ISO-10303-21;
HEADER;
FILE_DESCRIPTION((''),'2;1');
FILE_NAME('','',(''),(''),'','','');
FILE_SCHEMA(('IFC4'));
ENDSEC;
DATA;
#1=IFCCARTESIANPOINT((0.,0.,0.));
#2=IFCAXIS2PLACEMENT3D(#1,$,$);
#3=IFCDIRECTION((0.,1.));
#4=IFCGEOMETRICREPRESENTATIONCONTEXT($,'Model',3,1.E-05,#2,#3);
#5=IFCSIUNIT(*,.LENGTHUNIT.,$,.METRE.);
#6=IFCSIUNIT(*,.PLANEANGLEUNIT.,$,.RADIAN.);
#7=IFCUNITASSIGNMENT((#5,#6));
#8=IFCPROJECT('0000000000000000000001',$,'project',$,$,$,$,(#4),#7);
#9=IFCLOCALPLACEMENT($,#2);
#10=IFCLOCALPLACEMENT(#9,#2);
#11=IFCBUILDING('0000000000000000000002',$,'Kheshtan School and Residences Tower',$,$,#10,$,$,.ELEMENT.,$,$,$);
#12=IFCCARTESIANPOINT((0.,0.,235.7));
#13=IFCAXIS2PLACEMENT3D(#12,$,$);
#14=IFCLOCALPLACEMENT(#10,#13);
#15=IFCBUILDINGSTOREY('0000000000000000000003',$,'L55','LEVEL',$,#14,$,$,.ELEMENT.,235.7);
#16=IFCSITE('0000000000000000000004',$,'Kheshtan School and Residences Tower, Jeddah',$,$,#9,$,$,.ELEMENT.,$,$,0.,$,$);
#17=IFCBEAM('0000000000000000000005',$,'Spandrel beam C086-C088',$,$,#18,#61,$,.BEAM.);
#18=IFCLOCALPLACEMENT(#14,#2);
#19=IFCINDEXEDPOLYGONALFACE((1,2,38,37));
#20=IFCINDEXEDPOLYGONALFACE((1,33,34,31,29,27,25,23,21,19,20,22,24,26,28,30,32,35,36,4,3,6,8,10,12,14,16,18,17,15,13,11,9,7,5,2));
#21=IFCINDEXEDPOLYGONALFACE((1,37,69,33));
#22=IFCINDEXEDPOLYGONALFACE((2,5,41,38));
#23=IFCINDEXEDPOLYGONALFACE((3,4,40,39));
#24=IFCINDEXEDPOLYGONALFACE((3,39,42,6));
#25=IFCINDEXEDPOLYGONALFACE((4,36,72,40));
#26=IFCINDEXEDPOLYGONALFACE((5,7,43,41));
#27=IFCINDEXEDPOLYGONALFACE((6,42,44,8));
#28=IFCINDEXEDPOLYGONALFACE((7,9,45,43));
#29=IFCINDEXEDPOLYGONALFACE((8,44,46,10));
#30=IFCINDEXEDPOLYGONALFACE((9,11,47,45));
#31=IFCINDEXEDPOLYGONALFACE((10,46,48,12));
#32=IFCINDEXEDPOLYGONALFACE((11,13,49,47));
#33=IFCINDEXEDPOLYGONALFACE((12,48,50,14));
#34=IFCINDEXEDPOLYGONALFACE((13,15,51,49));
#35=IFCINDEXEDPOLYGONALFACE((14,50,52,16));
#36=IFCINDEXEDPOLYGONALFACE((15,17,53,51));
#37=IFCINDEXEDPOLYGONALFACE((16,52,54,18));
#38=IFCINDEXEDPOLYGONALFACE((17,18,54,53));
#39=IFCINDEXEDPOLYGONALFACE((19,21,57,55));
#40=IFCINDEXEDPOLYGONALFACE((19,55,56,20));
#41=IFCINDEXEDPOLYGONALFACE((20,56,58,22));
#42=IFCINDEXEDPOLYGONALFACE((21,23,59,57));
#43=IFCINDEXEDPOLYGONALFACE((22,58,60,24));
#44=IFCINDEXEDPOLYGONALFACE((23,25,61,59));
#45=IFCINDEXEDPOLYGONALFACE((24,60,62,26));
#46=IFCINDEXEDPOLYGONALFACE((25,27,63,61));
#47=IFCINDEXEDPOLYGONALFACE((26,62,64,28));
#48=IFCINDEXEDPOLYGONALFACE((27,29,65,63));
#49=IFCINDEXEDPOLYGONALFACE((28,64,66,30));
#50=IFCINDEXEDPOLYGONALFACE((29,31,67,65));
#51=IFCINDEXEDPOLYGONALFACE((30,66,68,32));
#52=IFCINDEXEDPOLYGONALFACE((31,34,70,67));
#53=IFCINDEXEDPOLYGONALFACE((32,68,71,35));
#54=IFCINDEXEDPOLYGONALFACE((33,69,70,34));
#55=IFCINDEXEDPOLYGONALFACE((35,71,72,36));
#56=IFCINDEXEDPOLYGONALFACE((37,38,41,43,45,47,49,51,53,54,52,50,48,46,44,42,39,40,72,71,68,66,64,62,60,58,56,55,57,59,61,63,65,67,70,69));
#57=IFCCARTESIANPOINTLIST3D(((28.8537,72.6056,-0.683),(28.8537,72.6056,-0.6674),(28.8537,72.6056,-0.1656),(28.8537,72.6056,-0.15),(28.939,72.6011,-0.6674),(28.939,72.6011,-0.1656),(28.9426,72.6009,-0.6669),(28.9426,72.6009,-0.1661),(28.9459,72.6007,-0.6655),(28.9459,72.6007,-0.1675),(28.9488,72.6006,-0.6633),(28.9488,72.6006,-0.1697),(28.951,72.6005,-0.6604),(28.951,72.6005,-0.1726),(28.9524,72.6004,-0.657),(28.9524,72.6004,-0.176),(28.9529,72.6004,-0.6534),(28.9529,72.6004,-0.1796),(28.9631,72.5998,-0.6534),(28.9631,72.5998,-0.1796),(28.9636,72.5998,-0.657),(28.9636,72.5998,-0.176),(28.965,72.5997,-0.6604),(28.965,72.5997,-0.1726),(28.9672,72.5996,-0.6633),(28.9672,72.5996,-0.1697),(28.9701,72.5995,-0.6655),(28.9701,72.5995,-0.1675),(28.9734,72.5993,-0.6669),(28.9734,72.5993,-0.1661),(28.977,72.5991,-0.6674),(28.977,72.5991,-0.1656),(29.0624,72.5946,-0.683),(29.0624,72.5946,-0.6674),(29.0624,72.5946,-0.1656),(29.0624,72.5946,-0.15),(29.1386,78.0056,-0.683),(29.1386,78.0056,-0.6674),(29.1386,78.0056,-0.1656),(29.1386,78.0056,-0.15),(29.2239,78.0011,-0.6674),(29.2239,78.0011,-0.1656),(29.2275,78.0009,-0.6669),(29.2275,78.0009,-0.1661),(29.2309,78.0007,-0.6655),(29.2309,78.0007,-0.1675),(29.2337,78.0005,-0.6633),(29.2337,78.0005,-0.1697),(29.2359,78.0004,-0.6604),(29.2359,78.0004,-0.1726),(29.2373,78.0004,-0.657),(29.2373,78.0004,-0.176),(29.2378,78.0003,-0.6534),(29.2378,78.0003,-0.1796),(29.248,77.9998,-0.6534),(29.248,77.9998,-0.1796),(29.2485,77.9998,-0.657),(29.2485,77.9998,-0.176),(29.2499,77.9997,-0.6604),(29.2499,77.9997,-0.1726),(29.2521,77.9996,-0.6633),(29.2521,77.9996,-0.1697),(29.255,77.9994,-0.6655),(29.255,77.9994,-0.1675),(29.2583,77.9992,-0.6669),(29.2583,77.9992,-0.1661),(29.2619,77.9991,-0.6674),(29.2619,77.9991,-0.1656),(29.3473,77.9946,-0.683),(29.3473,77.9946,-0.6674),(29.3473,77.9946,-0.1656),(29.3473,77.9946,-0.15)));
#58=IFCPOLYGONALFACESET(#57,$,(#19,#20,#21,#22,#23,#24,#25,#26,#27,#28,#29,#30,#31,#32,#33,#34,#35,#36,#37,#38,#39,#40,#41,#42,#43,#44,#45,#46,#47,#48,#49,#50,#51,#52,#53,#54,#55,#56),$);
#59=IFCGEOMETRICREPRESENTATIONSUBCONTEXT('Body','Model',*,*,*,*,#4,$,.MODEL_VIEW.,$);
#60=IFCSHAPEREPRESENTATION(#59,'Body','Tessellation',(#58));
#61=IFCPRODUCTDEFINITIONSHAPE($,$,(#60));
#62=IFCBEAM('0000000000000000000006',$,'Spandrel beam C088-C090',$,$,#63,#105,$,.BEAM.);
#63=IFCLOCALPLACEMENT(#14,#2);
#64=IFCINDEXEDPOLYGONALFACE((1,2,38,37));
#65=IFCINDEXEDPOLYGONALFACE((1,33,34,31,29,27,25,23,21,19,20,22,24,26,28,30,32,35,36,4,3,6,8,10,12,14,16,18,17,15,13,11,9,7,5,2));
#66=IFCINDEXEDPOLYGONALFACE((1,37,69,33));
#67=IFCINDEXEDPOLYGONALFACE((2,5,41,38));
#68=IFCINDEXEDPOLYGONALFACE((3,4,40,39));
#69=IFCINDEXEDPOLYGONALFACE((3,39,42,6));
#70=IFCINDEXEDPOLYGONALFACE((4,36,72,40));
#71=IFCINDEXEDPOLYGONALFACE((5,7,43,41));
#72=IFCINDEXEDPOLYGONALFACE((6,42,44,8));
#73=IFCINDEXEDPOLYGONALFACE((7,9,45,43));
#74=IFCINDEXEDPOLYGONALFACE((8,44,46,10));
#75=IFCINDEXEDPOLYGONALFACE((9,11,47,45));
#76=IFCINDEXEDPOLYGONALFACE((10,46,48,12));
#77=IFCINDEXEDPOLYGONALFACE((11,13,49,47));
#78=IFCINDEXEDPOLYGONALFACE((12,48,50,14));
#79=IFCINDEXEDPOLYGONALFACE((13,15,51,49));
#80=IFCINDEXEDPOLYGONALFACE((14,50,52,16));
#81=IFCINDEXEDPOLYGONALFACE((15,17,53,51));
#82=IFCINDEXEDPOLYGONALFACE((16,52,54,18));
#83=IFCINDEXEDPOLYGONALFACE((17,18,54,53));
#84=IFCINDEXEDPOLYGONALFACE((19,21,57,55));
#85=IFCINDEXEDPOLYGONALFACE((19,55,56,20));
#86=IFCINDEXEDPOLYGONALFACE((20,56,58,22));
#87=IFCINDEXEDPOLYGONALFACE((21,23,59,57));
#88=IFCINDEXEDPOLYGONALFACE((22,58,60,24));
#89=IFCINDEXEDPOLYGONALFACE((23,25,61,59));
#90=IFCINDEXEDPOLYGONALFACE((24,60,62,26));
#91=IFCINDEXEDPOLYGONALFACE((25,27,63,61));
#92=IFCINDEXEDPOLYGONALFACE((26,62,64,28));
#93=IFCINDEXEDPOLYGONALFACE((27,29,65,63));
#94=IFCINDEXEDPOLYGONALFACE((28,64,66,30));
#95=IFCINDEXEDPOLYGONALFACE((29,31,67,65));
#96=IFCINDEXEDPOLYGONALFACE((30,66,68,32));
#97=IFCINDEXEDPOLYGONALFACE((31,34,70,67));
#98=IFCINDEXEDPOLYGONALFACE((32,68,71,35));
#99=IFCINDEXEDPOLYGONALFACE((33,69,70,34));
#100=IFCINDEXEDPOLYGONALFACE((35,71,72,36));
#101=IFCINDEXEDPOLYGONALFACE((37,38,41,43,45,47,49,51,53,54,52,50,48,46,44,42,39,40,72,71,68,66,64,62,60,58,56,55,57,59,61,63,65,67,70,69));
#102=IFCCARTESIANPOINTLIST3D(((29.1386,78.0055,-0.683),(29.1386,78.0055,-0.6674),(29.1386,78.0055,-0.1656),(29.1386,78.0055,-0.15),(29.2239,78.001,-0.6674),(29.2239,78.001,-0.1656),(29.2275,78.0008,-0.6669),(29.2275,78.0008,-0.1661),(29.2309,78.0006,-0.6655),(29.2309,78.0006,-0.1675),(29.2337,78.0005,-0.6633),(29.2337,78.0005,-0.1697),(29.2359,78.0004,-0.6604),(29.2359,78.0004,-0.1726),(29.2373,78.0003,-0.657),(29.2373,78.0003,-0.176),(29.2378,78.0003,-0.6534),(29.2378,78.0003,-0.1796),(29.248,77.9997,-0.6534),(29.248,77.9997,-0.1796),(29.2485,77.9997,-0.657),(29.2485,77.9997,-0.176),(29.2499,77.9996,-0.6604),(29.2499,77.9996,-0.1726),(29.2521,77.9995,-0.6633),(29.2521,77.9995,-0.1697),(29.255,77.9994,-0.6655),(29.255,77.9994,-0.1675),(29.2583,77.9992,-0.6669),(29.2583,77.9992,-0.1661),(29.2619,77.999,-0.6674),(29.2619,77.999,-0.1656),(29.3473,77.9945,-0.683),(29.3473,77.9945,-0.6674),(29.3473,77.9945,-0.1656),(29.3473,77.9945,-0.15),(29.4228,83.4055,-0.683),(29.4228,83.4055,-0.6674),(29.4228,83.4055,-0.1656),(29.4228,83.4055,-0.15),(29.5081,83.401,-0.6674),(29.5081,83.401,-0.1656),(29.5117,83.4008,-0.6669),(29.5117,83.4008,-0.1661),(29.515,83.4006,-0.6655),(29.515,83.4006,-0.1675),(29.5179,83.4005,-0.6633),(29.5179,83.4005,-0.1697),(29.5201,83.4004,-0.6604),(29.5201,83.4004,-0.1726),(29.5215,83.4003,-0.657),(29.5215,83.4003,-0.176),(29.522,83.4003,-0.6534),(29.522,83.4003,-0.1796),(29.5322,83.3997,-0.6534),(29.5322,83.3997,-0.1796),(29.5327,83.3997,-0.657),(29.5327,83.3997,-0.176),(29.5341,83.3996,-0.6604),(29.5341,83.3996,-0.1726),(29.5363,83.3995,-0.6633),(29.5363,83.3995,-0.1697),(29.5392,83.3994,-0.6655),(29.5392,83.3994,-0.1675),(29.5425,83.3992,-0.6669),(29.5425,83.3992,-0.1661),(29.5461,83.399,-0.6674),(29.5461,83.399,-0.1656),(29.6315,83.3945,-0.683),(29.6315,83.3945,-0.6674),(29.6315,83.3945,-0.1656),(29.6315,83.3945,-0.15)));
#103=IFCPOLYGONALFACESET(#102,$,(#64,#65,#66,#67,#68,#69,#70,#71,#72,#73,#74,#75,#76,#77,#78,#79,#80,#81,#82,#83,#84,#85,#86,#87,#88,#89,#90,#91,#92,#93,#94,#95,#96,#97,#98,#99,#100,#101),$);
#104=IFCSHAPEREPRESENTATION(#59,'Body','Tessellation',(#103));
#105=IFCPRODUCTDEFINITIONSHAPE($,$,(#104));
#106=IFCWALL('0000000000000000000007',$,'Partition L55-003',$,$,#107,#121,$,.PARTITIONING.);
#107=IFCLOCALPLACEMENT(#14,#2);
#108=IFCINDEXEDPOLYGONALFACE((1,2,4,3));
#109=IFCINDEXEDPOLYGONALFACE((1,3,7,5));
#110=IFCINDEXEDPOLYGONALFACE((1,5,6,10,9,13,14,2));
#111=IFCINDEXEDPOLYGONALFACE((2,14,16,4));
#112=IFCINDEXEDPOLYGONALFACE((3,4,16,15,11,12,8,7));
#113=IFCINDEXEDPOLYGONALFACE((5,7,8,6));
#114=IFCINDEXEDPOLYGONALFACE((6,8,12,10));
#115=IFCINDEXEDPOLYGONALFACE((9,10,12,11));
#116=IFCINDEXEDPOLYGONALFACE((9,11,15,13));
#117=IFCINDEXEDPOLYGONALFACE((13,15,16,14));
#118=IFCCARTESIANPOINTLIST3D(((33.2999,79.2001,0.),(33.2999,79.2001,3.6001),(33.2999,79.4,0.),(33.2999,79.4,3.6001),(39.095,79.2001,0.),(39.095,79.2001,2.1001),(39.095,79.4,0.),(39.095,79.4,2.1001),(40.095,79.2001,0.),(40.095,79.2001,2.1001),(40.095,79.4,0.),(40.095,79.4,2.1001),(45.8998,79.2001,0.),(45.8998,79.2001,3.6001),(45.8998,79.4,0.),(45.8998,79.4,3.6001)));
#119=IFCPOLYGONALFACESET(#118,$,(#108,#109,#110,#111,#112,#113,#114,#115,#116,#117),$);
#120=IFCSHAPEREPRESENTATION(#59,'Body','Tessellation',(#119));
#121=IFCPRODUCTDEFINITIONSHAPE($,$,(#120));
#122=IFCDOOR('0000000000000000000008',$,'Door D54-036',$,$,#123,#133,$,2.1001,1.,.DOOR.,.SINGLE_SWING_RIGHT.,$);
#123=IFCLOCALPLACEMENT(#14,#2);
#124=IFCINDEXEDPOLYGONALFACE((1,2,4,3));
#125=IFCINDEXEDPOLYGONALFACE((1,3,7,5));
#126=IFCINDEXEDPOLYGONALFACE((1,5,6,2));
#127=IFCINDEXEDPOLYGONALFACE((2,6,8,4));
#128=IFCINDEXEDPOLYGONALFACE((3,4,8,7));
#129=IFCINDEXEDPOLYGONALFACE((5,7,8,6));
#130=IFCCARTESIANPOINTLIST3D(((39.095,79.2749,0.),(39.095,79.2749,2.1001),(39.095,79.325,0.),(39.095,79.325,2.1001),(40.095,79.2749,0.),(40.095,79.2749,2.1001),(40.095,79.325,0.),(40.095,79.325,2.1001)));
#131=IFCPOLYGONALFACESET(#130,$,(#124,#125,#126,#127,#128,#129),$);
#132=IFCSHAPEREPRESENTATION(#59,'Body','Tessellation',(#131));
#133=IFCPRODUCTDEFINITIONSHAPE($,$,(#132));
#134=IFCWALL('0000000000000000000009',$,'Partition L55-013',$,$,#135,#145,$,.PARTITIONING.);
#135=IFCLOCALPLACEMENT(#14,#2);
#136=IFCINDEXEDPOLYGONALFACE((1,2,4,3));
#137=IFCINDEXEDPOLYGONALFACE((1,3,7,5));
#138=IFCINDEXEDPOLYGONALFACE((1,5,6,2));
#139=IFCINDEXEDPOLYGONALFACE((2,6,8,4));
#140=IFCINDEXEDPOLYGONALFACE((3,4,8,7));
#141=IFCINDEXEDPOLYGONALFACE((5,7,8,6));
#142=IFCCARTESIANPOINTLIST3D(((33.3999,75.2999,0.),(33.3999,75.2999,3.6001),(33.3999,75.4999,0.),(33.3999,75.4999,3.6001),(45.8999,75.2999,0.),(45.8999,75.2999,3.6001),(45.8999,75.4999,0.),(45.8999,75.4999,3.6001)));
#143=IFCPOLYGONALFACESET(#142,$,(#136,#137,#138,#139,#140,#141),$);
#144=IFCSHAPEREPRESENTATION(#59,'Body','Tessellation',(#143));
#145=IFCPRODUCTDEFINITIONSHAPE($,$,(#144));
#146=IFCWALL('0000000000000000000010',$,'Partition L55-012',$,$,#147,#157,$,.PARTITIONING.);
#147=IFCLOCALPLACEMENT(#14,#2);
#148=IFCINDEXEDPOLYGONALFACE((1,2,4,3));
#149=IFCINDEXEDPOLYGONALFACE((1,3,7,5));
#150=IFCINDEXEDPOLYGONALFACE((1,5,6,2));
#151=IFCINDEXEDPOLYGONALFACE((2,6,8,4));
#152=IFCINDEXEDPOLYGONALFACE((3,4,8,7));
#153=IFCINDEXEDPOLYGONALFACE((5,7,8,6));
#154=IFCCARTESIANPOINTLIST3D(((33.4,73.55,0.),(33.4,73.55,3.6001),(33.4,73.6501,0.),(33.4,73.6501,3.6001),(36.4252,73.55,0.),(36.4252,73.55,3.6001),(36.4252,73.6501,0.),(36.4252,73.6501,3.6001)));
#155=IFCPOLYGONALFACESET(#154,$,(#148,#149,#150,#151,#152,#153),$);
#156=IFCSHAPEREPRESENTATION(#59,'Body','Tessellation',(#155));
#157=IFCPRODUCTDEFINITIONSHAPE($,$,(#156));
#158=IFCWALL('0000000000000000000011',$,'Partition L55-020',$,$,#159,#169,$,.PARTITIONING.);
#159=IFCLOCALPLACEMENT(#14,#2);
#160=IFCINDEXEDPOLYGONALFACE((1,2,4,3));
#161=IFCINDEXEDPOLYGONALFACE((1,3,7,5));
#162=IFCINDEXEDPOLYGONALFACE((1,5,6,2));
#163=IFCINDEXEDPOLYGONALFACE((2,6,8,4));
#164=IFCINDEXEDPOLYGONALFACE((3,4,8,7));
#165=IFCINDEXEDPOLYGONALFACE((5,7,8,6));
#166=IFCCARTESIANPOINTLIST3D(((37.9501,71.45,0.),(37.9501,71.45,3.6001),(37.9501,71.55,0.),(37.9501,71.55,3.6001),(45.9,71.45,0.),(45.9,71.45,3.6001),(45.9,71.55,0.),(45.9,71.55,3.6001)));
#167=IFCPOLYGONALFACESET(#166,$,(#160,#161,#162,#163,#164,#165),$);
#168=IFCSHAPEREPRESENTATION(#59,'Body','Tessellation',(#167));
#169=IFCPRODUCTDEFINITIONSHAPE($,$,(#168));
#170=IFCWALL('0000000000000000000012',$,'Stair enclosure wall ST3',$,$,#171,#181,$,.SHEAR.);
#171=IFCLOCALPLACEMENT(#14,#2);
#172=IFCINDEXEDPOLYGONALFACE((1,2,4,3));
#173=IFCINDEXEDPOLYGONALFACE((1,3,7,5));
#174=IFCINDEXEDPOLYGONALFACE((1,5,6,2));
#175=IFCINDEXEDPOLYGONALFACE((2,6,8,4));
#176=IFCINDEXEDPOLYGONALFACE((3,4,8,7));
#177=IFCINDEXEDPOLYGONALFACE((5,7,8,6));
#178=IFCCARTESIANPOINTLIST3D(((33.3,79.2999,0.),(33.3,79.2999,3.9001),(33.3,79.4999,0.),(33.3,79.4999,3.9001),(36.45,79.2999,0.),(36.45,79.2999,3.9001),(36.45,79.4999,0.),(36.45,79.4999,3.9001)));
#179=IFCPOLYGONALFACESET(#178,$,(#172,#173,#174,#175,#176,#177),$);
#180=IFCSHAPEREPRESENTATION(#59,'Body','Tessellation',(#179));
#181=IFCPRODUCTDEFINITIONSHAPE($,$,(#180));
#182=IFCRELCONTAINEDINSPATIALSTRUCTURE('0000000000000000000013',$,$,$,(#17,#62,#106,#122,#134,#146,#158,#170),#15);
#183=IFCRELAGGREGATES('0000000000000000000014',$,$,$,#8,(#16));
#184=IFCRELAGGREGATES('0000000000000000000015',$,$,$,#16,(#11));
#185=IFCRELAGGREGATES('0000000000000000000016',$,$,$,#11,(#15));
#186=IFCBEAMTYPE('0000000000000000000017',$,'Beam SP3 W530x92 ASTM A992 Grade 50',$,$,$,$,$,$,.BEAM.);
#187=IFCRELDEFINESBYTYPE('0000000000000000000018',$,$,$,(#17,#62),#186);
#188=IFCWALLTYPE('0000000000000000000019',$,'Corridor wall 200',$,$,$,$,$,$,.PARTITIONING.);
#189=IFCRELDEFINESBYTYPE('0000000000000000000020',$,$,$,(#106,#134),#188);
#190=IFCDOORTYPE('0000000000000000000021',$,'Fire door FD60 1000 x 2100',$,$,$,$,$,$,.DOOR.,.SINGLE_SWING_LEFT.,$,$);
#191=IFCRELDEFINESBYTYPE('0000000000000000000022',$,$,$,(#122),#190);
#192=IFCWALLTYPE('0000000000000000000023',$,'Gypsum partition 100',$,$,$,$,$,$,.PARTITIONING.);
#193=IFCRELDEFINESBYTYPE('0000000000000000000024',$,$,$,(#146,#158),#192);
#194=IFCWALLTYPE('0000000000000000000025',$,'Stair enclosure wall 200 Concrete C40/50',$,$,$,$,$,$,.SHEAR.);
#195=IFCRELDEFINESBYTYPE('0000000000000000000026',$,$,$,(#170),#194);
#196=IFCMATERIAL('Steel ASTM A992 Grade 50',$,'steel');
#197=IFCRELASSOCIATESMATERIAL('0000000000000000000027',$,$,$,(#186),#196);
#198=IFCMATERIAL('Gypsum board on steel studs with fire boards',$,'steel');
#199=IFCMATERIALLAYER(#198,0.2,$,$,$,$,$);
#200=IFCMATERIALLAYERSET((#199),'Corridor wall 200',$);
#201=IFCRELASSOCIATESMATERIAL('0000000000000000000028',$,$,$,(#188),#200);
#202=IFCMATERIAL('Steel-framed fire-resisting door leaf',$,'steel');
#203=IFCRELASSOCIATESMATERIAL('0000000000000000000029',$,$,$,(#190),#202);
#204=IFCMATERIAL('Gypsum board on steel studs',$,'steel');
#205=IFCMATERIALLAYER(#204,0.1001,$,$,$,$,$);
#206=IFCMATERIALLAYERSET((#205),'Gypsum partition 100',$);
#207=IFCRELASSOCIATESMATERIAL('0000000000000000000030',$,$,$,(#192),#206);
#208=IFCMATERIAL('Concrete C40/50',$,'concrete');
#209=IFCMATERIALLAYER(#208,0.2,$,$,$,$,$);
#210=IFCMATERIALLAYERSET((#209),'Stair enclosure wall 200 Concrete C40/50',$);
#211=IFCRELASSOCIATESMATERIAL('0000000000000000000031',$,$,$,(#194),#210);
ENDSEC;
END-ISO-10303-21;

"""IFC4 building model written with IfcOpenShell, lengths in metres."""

from ifc_helpers import new_model, si_unit, direction, frame, frame_2d, origin, origin_2d, place, context, subcontext, project, spatial, rectangle, i_section, extrude, source, transform, mapped, material, layer, layer_set, material_profile, profile_set, type_object, element, fill, save


model = new_model("IFC4")

# Units and contexts
model_context = context("Model", 3, precision=1e-05, world=origin(), true_north=direction((0.0, 1.0)))
body_context = subcontext(model_context, "Body", "Model", "MODEL_VIEW")
ifc_project = project(units=[si_unit("LENGTHUNIT", "METRE"), si_unit("PLANEANGLEUNIT", "RADIAN")], contexts=[model_context])

# Site, building, storey
site_placement = place(None, origin())
site = spatial("IfcSite", under=ifc_project, at=site_placement, Name="Kheshtan School and Residences Tower, Jeddah", CompositionType="ELEMENT", RefElevation=0.0)
building_placement = place(site_placement, origin())
building = spatial("IfcBuilding", under=site, at=building_placement, Name="Kheshtan School and Residences Tower", CompositionType="ELEMENT")
storey_placement = place(building_placement, frame((0.0, 0.0, 235.7)))
storey = spatial("IfcBuildingStorey", under=building, at=storey_placement, Name="L55", Description="LEVEL", CompositionType="ELEMENT", Elevation=235.7)

# Shared definitions
ifc_material_1 = material(Name="Steel ASTM A992 Grade 50", Category="steel")

# Beams
ifc_material_profile_1 = material_profile(ifc_material_1, i_section(OverallWidth=0.209, OverallDepth=0.533, WebThickness=0.0103, FlangeThickness=0.0156, FilletRadius=0.0139, at=origin_2d()), Name="W530x92")
ifc_profile_set_1 = profile_set([ifc_material_profile_1], Name="Steel ASTM A992 Grade 50")
beam_type_1 = type_object("IfcBeamType", Name="Beam SP3 W530x92 ASTM A992 Grade 50", PredefinedType="BEAM", material=ifc_profile_set_1)
for number, where, z_axis, x_axis, name in (
    (1, (28.958, 72.6001, -0.4165), (0.052689, 0.998611, 0.0), (-0.998611, 0.052689, 0.0), "Spandrel beam C086-C088"),
    (2, (29.2429, 78.0, -0.4165), (0.052554, 0.998618, 0.0), (-0.998618, 0.052554, 0.0), "Spandrel beam C088-C090"),
):
    element("IfcBeam", number, at=place(storey_placement, frame(where, z_axis=z_axis, x_axis=x_axis)), inside=storey, type_object=beam_type_1, Name=name, PredefinedType="BEAM", context=body_context, shape_type="SweptSolid", body=[
        extrude(i_section(OverallWidth=0.209, OverallDepth=0.533, WebThickness=0.0103, FlangeThickness=0.0156, FilletRadius=0.0139, at=origin_2d()), origin(), (0.0, 0.0, 1.0), 5.4075),
    ])

# Wall, opening, door
ifc_material_2 = material(Name="Gypsum board on steel studs with fire boards", Category="steel")
ifc_layer_1 = layer(ifc_material_2, 0.2)
ifc_layer_set_1 = layer_set([ifc_layer_1], Name="Corridor wall 200")
wall_type_1 = type_object("IfcWallType", Name="Corridor wall 200", PredefinedType="PARTITIONING", material=ifc_layer_set_1)
wall_1_placement = place(storey_placement, frame((33.3, 79.3, 0.0), z_axis=(0.0, 0.0, 1.0), x_axis=(1.0, 0.0, 0.0)))
wall_1 = element("IfcWall", 3, at=wall_1_placement, inside=storey, type_object=wall_type_1, Name="Partition L55-003", PredefinedType="PARTITIONING", context=body_context, shape_type="SweptSolid", body=[
    extrude(rectangle(XDim=12.5999, YDim=0.2, at=frame_2d((6.2998, 0.0))), origin(), (0.0, 0.0, 1.0), 3.6001),
])
opening_1_placement = place(wall_1_placement, frame((5.7949, 0.0, 0.0)))
opening_1 = element("IfcOpeningElement", 4, at=opening_1_placement, cuts=wall_1, PredefinedType="OPENING", context=body_context, shape_type="SweptSolid", body=[
    extrude(rectangle(XDim=1.0, YDim=2.1001, at=frame_2d((0.5, 1.05))), frame((0.0, 0.1099, 0.0), z_axis=(0.0, -1.0, 0.0), x_axis=(1.0, 0.0, 0.0)), (0.0, 0.0, 1.0), 0.22),
])
ifc_material_3 = material(Name="Steel-framed fire-resisting door leaf", Category="steel")
door_type_1 = type_object("IfcDoorType", Name="Fire door FD60 1000 x 2100", OperationType="SINGLE_SWING_LEFT", PredefinedType="DOOR", material=ifc_material_3)
shared_shape_1 = source(origin(), body_context, "Body", "SweptSolid", [
    extrude(rectangle(XDim=1.0, YDim=2.1001, at=frame_2d((0.5, 1.05))), frame((0.0, 0.0249, 0.0), z_axis=(0.0, -1.0, 0.0), x_axis=(1.0, 0.0, 0.0)), (0.0, 0.0, 1.0), 0.05),
])
door_1_placement = place(opening_1_placement, origin())
door_1 = element("IfcDoor", 5, at=door_1_placement, inside=storey, type_object=door_type_1, Name="Door D54-036", OperationType="SINGLE_SWING_RIGHT", OverallHeight=2.1001, OverallWidth=1.0, PredefinedType="DOOR", context=body_context, shape_type="MappedRepresentation", body=[
    mapped(shared_shape_1, transform((0.0, 0.0, 0.0), x_axis=(1.0, 0.0, 0.0), y_axis=(0.0, 1.0, 0.0), z_axis=(0.0, 0.0, 1.0), scale=1.0)),
])
fill(opening_1, door_1)

# Walls
wall_2_placement = place(storey_placement, frame((33.3999, 75.3999, 0.0), z_axis=(0.0, 0.0, 1.0), x_axis=(1.0, 0.0, 0.0)))
element("IfcWall", 6, at=wall_2_placement, inside=storey, type_object=wall_type_1, Name="Partition L55-013", PredefinedType="PARTITIONING", context=body_context, shape_type="SweptSolid", body=[
    extrude(rectangle(XDim=12.5, YDim=0.2, at=frame_2d((6.25, 0.0))), origin(), (0.0, 0.0, 1.0), 3.6001),
])
ifc_material_4 = material(Name="Gypsum board on steel studs", Category="steel")
ifc_layer_2 = layer(ifc_material_4, 0.1001)
ifc_layer_set_2 = layer_set([ifc_layer_2], Name="Gypsum partition 100")
wall_type_2 = type_object("IfcWallType", Name="Gypsum partition 100", PredefinedType="PARTITIONING", material=ifc_layer_set_2)
wall_3_placement = place(storey_placement, frame((33.3999, 73.6001, 0.0), z_axis=(0.0, 0.0, 1.0), x_axis=(1.0, 0.0, 0.0)))
element("IfcWall", 7, at=wall_3_placement, inside=storey, type_object=wall_type_2, Name="Partition L55-012", PredefinedType="PARTITIONING", context=body_context, shape_type="SweptSolid", body=[
    extrude(rectangle(XDim=3.0251, YDim=0.1001, at=frame_2d((1.5127, 0.0))), origin(), (0.0, 0.0, 1.0), 3.6001),
])
wall_4_placement = place(storey_placement, frame((37.95, 71.5, 0.0), z_axis=(0.0, 0.0, 1.0), x_axis=(1.0, 0.0, 0.0)))
element("IfcWall", 8, at=wall_4_placement, inside=storey, type_object=wall_type_2, Name="Partition L55-020", PredefinedType="PARTITIONING", context=body_context, shape_type="SweptSolid", body=[
    extrude(rectangle(XDim=7.95, YDim=0.1001, at=frame_2d((3.9751, 0.0))), origin(), (0.0, 0.0, 1.0), 3.6001),
])
ifc_material_5 = material(Name="Concrete C40/50", Category="concrete")
ifc_layer_3 = layer(ifc_material_5, 0.2)
ifc_layer_set_3 = layer_set([ifc_layer_3], Name="Stair enclosure wall 200 Concrete C40/50")
wall_type_3 = type_object("IfcWallType", Name="Stair enclosure wall 200 Concrete C40/50", PredefinedType="SHEAR", material=ifc_layer_set_3)
wall_5_placement = place(storey_placement, frame((33.3, 79.3999, 0.0), z_axis=(0.0, 0.0, 1.0), x_axis=(1.0, 0.0, 0.0)))
element("IfcWall", 9, at=wall_5_placement, inside=storey, type_object=wall_type_3, Name="Stair enclosure wall ST3", PredefinedType="SHEAR", context=body_context, shape_type="SweptSolid", body=[
    extrude(rectangle(XDim=3.1499, YDim=0.2, at=frame_2d((1.575, 0.0))), origin(), (0.0, 0.0, 1.0), 3.9001),
])

save(model, "model.ifc")
